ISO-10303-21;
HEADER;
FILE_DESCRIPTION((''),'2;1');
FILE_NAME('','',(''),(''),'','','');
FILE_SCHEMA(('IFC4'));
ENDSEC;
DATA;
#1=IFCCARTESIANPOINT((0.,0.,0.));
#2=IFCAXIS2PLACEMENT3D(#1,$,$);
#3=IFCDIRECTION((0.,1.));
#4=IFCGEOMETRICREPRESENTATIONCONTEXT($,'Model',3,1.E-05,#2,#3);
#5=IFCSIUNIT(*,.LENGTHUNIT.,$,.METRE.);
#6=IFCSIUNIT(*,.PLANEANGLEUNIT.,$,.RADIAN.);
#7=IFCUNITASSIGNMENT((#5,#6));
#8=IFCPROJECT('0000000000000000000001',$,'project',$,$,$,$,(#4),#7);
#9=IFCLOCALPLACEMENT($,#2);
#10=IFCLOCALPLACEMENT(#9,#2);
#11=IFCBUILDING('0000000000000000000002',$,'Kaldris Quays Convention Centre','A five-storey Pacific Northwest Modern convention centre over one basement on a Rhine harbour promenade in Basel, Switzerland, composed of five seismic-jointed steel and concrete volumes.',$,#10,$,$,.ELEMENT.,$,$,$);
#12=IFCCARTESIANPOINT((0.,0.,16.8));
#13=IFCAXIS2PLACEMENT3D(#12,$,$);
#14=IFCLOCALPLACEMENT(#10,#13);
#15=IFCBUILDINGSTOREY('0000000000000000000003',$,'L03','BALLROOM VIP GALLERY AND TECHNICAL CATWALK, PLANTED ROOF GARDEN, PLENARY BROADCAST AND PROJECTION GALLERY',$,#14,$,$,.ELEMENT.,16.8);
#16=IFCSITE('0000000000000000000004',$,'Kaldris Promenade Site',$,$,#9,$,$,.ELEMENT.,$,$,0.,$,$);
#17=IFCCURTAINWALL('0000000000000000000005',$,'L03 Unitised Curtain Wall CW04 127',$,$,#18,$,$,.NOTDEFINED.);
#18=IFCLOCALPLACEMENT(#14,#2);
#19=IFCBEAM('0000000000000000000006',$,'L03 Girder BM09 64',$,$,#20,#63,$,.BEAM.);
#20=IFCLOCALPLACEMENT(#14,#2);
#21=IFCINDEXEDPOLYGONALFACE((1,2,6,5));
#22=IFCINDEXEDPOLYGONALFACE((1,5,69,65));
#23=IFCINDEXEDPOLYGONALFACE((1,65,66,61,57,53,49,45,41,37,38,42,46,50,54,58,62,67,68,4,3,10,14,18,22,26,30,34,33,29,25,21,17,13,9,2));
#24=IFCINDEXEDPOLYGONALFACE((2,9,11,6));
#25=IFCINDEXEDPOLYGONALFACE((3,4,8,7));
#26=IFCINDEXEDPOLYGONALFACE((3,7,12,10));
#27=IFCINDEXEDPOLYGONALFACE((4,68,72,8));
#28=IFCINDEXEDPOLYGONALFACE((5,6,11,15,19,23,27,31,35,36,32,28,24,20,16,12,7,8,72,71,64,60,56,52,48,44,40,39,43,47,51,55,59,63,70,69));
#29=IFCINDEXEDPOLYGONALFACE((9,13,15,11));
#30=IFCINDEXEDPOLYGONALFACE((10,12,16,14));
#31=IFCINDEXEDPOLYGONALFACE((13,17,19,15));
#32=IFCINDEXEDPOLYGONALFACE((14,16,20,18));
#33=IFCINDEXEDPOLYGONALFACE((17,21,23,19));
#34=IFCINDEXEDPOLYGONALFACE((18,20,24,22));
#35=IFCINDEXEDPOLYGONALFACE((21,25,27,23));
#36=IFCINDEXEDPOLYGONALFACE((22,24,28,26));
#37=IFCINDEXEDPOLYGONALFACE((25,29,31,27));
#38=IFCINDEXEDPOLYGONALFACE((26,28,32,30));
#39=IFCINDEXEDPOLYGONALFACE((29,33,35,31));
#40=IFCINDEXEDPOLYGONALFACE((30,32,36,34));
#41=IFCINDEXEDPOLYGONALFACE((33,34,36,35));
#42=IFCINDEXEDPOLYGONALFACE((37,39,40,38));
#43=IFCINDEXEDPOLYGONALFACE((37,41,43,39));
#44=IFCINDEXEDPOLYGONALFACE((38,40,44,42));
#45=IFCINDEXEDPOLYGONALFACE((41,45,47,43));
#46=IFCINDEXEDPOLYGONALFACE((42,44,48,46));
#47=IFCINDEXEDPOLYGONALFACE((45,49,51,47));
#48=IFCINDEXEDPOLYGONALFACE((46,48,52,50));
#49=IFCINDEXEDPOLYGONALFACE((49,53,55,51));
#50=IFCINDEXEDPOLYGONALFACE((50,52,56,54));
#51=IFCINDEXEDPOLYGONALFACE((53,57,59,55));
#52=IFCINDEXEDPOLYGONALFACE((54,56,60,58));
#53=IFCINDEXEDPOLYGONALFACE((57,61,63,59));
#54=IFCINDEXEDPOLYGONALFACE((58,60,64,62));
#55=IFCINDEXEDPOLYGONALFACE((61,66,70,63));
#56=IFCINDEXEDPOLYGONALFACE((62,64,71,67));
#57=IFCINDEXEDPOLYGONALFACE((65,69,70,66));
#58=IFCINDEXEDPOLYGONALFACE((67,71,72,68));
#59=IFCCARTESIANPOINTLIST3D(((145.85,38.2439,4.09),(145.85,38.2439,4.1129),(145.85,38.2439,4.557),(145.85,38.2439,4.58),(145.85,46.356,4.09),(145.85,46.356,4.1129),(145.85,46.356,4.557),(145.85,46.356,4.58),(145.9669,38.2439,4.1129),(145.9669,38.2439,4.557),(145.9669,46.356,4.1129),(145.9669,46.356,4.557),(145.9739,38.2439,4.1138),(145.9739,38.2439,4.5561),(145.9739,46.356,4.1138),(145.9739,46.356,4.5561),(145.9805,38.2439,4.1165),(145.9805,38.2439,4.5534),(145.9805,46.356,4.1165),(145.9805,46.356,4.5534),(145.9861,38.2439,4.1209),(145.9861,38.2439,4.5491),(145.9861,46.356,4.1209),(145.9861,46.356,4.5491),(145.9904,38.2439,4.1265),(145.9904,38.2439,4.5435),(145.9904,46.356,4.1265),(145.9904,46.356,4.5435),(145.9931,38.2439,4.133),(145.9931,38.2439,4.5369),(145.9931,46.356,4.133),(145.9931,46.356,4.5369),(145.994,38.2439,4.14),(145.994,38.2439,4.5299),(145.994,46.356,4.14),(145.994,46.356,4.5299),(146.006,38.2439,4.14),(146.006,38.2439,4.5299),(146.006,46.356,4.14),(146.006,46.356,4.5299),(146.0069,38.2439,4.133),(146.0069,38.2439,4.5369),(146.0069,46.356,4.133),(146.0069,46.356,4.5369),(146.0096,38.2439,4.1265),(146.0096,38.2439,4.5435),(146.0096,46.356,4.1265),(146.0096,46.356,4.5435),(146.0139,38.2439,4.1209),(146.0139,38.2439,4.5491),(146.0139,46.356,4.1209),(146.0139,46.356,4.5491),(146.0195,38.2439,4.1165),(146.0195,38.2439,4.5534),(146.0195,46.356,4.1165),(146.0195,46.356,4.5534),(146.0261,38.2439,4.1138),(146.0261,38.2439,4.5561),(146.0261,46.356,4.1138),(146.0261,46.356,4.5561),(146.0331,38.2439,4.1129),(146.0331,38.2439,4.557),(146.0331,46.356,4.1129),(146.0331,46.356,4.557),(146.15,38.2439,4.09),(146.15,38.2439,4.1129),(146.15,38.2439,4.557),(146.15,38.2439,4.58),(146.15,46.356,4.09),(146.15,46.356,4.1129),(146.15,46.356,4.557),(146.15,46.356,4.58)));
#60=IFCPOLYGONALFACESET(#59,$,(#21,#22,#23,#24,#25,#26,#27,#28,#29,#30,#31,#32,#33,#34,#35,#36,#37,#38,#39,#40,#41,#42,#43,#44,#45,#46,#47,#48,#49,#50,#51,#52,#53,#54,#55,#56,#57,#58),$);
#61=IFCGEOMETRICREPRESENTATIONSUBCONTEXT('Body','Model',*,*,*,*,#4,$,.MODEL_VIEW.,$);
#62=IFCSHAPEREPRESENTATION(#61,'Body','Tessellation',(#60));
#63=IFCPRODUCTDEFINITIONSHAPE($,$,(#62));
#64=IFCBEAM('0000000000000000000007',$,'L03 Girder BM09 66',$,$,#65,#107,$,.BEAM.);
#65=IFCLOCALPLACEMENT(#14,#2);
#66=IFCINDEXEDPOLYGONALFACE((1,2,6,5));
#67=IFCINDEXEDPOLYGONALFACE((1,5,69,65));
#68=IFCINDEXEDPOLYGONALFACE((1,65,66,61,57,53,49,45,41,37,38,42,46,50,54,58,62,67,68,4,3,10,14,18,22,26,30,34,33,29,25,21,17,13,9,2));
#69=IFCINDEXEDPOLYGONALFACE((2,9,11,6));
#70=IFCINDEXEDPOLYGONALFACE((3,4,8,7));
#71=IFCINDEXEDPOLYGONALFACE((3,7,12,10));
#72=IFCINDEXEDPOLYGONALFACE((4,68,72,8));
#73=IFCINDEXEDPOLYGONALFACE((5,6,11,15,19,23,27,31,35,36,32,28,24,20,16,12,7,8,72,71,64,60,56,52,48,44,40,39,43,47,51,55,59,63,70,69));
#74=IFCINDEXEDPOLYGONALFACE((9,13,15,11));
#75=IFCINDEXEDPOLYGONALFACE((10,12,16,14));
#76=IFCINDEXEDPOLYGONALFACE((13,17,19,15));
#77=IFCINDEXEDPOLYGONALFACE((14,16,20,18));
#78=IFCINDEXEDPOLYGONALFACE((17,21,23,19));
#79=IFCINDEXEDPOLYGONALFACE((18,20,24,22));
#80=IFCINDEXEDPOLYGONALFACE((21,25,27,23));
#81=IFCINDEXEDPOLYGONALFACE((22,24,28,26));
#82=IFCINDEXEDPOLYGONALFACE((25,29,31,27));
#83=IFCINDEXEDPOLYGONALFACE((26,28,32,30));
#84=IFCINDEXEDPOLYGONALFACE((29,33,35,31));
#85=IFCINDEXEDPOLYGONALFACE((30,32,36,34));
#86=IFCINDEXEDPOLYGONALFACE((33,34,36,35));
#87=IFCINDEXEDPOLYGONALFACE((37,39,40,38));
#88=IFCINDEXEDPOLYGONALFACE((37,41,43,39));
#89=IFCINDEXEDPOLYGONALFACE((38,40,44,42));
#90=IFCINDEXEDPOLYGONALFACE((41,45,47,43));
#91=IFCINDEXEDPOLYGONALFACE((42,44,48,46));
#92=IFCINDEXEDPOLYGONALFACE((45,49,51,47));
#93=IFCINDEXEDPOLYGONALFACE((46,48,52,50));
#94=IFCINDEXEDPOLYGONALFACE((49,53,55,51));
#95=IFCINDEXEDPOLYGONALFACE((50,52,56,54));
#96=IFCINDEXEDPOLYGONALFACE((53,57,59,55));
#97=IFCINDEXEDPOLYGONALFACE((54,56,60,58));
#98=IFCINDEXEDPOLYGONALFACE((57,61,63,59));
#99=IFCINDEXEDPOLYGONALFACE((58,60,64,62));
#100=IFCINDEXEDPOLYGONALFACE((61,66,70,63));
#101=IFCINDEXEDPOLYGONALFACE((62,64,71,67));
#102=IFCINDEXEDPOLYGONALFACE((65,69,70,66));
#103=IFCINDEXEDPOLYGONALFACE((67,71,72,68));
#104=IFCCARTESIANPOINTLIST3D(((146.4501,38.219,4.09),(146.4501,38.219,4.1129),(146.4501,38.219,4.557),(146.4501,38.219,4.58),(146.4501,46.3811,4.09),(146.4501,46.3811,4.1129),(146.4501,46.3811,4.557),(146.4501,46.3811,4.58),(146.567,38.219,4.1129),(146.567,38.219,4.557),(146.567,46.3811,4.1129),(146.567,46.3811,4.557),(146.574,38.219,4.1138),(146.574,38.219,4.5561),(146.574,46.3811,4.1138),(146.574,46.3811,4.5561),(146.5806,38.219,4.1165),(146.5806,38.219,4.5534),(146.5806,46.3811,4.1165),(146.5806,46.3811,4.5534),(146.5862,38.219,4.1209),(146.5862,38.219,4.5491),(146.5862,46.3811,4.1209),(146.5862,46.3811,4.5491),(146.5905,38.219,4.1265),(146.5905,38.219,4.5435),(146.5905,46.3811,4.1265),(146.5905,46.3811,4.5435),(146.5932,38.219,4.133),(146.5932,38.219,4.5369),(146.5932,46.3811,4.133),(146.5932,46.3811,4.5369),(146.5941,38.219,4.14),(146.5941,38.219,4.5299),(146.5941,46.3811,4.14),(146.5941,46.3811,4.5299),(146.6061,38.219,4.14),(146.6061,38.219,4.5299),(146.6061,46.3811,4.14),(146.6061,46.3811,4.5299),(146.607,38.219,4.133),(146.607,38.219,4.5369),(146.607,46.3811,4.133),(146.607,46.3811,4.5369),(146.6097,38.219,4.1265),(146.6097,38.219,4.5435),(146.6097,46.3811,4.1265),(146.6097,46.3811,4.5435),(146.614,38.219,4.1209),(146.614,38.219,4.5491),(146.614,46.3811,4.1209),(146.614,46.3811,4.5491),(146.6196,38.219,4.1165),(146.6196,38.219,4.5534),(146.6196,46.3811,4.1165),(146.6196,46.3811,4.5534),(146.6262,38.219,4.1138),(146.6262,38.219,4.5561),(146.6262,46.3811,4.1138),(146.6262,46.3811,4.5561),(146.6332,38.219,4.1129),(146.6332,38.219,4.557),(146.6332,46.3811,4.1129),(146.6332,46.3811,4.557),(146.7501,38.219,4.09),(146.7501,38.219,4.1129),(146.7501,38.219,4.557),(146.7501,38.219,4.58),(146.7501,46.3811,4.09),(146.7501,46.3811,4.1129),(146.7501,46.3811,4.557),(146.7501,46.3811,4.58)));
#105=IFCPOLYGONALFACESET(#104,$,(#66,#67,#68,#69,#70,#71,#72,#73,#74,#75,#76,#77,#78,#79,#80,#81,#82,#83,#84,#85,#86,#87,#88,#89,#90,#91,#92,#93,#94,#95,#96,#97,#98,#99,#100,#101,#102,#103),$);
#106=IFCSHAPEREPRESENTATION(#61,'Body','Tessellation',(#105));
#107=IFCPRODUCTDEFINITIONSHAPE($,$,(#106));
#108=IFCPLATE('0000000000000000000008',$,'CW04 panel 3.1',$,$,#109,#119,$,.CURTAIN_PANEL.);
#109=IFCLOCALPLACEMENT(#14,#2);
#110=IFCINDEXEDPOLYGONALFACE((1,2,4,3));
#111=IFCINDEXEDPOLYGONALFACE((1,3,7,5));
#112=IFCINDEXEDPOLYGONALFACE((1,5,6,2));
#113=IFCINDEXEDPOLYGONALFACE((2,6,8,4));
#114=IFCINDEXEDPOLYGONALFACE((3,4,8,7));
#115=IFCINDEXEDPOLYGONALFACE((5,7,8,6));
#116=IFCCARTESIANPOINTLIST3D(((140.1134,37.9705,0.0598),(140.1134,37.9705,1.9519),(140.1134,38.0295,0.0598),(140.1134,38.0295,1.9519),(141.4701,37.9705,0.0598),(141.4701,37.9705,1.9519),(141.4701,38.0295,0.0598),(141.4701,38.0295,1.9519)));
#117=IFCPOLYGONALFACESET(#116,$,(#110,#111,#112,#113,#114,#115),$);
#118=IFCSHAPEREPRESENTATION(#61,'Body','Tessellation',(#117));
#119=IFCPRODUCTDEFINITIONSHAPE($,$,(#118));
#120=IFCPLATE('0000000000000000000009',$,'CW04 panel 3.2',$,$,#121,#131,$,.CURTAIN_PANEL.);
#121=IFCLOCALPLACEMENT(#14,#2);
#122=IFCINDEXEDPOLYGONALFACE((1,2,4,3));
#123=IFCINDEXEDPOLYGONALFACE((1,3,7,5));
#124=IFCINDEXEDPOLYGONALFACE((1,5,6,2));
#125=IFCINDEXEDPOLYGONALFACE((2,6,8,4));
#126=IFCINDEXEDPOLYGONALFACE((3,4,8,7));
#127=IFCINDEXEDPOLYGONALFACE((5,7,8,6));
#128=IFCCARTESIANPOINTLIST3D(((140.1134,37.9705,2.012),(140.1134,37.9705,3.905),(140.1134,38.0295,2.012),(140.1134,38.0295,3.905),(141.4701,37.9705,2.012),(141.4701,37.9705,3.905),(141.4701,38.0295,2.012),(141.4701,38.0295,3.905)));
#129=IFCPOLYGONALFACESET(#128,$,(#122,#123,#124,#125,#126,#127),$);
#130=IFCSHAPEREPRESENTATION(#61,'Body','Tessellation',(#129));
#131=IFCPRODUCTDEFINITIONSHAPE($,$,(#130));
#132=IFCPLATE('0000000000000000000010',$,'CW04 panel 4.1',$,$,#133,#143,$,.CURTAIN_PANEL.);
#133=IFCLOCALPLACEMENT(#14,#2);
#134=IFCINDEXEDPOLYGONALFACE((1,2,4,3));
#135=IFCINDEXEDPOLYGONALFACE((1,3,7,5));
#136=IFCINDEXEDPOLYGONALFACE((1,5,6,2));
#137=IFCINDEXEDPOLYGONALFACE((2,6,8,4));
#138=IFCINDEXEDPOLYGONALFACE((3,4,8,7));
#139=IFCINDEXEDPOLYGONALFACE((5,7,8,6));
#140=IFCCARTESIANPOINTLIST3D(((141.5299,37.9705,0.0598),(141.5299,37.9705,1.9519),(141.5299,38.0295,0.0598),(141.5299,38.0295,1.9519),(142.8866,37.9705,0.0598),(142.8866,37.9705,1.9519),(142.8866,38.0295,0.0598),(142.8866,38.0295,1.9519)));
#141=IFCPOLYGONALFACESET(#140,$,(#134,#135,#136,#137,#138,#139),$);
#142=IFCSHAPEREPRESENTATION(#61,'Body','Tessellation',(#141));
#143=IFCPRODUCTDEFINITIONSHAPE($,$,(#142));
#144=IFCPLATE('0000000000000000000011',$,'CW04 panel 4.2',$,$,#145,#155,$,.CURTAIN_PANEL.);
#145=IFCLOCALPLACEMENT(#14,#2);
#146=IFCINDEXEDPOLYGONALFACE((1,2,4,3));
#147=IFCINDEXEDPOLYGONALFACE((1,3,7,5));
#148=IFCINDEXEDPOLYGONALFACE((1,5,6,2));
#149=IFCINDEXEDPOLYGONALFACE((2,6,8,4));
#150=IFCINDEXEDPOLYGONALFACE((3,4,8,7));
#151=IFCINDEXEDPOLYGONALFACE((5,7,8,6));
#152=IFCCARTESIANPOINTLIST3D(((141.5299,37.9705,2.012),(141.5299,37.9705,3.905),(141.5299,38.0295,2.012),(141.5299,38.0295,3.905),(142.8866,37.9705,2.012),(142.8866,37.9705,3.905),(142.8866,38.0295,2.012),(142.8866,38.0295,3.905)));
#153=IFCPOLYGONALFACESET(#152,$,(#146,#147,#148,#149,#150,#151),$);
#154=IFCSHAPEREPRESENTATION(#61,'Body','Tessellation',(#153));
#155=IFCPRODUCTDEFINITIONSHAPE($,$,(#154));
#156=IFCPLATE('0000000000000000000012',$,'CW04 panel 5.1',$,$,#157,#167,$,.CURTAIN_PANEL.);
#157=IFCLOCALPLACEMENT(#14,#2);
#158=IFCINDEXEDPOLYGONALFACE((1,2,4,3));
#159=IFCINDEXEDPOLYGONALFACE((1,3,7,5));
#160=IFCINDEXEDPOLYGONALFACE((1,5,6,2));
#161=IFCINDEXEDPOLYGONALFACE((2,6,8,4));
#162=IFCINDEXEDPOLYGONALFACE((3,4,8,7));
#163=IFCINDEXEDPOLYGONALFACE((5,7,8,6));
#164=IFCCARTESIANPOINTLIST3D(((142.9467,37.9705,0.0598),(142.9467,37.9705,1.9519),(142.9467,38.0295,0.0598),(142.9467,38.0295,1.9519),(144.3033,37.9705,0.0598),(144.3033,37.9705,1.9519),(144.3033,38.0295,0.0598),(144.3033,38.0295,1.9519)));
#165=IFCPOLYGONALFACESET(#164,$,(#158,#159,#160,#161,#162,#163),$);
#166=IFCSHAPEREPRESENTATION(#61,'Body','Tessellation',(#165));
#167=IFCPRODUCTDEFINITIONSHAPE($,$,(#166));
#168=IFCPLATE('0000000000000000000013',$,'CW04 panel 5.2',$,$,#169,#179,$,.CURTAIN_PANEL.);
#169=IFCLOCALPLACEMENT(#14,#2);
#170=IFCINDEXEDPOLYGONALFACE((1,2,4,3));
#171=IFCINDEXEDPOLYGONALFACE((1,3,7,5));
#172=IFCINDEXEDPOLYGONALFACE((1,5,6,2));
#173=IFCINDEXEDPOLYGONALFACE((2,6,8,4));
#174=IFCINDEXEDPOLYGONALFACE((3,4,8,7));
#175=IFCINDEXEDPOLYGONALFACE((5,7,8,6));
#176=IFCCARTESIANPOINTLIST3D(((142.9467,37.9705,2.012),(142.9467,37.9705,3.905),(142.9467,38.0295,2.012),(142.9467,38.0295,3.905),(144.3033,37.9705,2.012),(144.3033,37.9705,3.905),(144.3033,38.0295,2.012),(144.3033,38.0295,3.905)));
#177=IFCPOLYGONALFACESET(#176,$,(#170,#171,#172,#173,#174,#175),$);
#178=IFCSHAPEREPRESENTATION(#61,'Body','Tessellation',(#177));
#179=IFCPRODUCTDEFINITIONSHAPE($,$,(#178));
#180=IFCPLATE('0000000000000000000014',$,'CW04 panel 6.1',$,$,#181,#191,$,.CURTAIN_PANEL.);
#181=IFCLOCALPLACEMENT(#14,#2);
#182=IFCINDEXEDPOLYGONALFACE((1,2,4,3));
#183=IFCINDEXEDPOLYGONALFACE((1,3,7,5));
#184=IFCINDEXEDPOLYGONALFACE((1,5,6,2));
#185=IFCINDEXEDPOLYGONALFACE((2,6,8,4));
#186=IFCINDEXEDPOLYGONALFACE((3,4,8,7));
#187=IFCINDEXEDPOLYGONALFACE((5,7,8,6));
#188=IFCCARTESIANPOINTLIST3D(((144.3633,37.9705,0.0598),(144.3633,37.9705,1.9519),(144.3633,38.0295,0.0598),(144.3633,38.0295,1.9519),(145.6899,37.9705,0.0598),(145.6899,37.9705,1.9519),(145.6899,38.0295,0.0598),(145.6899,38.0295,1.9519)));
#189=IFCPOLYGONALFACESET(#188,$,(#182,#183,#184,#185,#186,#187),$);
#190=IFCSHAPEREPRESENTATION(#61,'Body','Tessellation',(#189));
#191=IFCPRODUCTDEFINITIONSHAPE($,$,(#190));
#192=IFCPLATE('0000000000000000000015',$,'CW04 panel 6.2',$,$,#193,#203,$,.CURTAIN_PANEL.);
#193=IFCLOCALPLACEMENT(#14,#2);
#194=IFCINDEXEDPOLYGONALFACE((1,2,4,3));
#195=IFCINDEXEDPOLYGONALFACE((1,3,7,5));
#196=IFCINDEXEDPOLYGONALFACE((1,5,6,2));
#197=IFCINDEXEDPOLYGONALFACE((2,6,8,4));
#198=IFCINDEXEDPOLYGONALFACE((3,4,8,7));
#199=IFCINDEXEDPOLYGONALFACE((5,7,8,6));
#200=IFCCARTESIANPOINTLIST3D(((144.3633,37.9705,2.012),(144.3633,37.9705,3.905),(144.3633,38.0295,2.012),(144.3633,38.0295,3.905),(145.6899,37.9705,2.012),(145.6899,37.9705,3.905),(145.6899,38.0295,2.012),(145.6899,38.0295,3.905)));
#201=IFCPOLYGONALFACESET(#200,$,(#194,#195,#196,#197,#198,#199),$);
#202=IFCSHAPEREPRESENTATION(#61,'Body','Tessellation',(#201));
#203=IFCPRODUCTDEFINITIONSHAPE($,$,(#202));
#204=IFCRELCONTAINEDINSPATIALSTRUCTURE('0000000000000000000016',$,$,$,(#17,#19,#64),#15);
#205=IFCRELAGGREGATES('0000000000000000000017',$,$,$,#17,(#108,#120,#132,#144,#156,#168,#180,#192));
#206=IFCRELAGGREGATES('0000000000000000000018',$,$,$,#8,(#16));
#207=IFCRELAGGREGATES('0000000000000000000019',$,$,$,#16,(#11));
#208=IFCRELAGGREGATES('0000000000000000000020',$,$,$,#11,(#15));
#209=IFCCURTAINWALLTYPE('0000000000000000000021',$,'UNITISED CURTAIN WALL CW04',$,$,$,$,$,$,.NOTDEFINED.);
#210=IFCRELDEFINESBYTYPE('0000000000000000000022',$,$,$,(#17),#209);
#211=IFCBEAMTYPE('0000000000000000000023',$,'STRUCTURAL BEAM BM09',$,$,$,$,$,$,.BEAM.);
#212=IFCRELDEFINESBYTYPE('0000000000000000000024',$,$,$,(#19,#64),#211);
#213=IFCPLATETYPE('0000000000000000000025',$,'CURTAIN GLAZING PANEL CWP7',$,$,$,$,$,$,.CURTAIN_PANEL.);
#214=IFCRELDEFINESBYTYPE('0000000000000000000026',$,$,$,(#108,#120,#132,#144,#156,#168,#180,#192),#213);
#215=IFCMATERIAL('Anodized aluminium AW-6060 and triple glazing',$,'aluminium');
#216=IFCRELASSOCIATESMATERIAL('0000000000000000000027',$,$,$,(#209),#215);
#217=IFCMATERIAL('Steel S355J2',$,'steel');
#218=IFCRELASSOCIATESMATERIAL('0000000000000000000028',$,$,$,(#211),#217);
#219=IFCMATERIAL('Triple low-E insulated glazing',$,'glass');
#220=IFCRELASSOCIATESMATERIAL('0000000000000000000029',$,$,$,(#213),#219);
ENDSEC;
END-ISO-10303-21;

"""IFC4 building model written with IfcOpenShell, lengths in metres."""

from ifc_helpers import new_model, si_unit, direction, frame, origin, origin_2d, place, context, subcontext, project, spatial, rectangle, i_section, extrude, material, material_profile, profile_set, type_object, element, aggregate, save


model = new_model("IFC4")

# Units and contexts
model_context = context("Model", 3, precision=1e-05, world=origin(), true_north=direction((0.0, 1.0)))
body_context = subcontext(model_context, "Body", "Model", "MODEL_VIEW")
ifc_project = project(units=[si_unit("LENGTHUNIT", "METRE"), si_unit("PLANEANGLEUNIT", "RADIAN")], contexts=[model_context])

# Site, building, storey
site_placement = place(None, origin())
site = spatial("IfcSite", under=ifc_project, at=site_placement, Name="Kaldris Promenade Site", CompositionType="ELEMENT", RefElevation=0.0)
building_placement = place(site_placement, origin())
building = spatial("IfcBuilding", under=site, at=building_placement, Name="Kaldris Quays Convention Centre", Description="A five-storey Pacific Northwest Modern convention centre over one basement on a Rhine harbour promenade in Basel, Switzerland, composed of five seismic-jointed steel and concrete volumes.", CompositionType="ELEMENT")
storey_placement = place(building_placement, frame((0.0, 0.0, 16.8)))
storey = spatial("IfcBuildingStorey", under=building, at=storey_placement, Name="L03", Description="BALLROOM VIP GALLERY AND TECHNICAL CATWALK, PLANTED ROOF GARDEN, PLENARY BROADCAST AND PROJECTION GALLERY", CompositionType="ELEMENT", Elevation=16.8)

# Shared definitions
ifc_material_1 = material(Name="Steel S355J2", Category="steel")

# Curtain wall
ifc_material_2 = material(Name="Anodized aluminium AW-6060 and triple glazing", Category="aluminium")
curtain_wall_type = type_object("IfcCurtainWallType", Name="UNITISED CURTAIN WALL CW04", PredefinedType="NOTDEFINED", material=ifc_material_2)
curtain_wall_placement = place(storey_placement, origin())
curtain_wall = element("IfcCurtainWall", 1, at=curtain_wall_placement, inside=storey, type_object=curtain_wall_type, Name="L03 Unitised Curtain Wall CW04 127", PredefinedType="NOTDEFINED")

# Beams
ifc_material_profile_1 = material_profile(ifc_material_1, i_section(OverallWidth=0.3, OverallDepth=0.49, WebThickness=0.012, FlangeThickness=0.0229, FilletRadius=0.0271, at=origin_2d()), Name="HEA 500")
ifc_profile_set_1 = profile_set([ifc_material_profile_1], Name="Steel S355J2")
beam_type = type_object("IfcBeamType", Name="STRUCTURAL BEAM BM09", PredefinedType="BEAM", material=ifc_profile_set_1)
beam_1_placement = place(storey_placement, frame((146.0, 38.2439, 4.335), z_axis=(0.0, 1.0, 0.0), x_axis=(-1.0, 0.0, 0.0)))
element("IfcBeam", 2, at=beam_1_placement, inside=storey, type_object=beam_type, Name="L03 Girder BM09 64", PredefinedType="BEAM", context=body_context, shape_type="SweptSolid", body=[
    extrude(i_section(OverallWidth=0.3, OverallDepth=0.49, WebThickness=0.012, FlangeThickness=0.0229, FilletRadius=0.0271, at=origin_2d()), origin(), (0.0, 0.0, 1.0), 8.1121),
])
beam_2_placement = place(storey_placement, frame((146.6001, 38.219, 4.335), z_axis=(0.0, 1.0, 0.0), x_axis=(-1.0, 0.0, 0.0)))
element("IfcBeam", 3, at=beam_2_placement, inside=storey, type_object=beam_type, Name="L03 Girder BM09 66", PredefinedType="BEAM", context=body_context, shape_type="SweptSolid", body=[
    extrude(i_section(OverallWidth=0.3, OverallDepth=0.49, WebThickness=0.012, FlangeThickness=0.0229, FilletRadius=0.0271, at=origin_2d()), origin(), (0.0, 0.0, 1.0), 8.1621),
])

# Plates
ifc_material_3 = material(Name="Triple low-E insulated glazing", Category="glass")
plate_type = type_object("IfcPlateType", Name="CURTAIN GLAZING PANEL CWP7", PredefinedType="CURTAIN_PANEL", material=ifc_material_3)
plate_1_placement = place(storey_placement, frame((140.7917, 38.0, 0.0598), z_axis=(0.0, 0.0, 1.0), x_axis=(1.0, 0.0, 0.0)))
plate_1 = element("IfcPlate", 4, at=plate_1_placement, type_object=plate_type, Name="CW04 panel 3.1", PredefinedType="CURTAIN_PANEL", context=body_context, shape_type="SweptSolid", body=[
    extrude(rectangle(XDim=1.3567, YDim=0.0591, at=origin_2d()), origin(), (0.0, 0.0, 1.0), 1.8921),
])
plate_2_placement = place(storey_placement, frame((140.7917, 38.0, 2.012), z_axis=(0.0, 0.0, 1.0), x_axis=(1.0, 0.0, 0.0)))
plate_2 = element("IfcPlate", 5, at=plate_2_placement, type_object=plate_type, Name="CW04 panel 3.2", PredefinedType="CURTAIN_PANEL", context=body_context, shape_type="SweptSolid", body=[
    extrude(rectangle(XDim=1.3567, YDim=0.0591, at=origin_2d()), origin(), (0.0, 0.0, 1.0), 1.8931),
])
plate_3_placement = place(storey_placement, frame((142.2083, 38.0, 0.0598), z_axis=(0.0, 0.0, 1.0), x_axis=(1.0, 0.0, 0.0)))
plate_3 = element("IfcPlate", 6, at=plate_3_placement, type_object=plate_type, Name="CW04 panel 4.1", PredefinedType="CURTAIN_PANEL", context=body_context, shape_type="SweptSolid", body=[
    extrude(rectangle(XDim=1.3567, YDim=0.0591, at=origin_2d()), origin(), (0.0, 0.0, 1.0), 1.8921),
])
plate_4_placement = place(storey_placement, frame((142.2083, 38.0, 2.012), z_axis=(0.0, 0.0, 1.0), x_axis=(1.0, 0.0, 0.0)))
plate_4 = element("IfcPlate", 7, at=plate_4_placement, type_object=plate_type, Name="CW04 panel 4.2", PredefinedType="CURTAIN_PANEL", context=body_context, shape_type="SweptSolid", body=[
    extrude(rectangle(XDim=1.3567, YDim=0.0591, at=origin_2d()), origin(), (0.0, 0.0, 1.0), 1.8931),
])
plate_5_placement = place(storey_placement, frame((143.625, 38.0, 0.0598), z_axis=(0.0, 0.0, 1.0), x_axis=(1.0, 0.0, 0.0)))
plate_5 = element("IfcPlate", 8, at=plate_5_placement, type_object=plate_type, Name="CW04 panel 5.1", PredefinedType="CURTAIN_PANEL", context=body_context, shape_type="SweptSolid", body=[
    extrude(rectangle(XDim=1.3567, YDim=0.0591, at=origin_2d()), origin(), (0.0, 0.0, 1.0), 1.8921),
])
plate_6_placement = place(storey_placement, frame((143.625, 38.0, 2.012), z_axis=(0.0, 0.0, 1.0), x_axis=(1.0, 0.0, 0.0)))
plate_6 = element("IfcPlate", 9, at=plate_6_placement, type_object=plate_type, Name="CW04 panel 5.2", PredefinedType="CURTAIN_PANEL", context=body_context, shape_type="SweptSolid", body=[
    extrude(rectangle(XDim=1.3567, YDim=0.0591, at=origin_2d()), origin(), (0.0, 0.0, 1.0), 1.8931),
])
plate_7_placement = place(storey_placement, frame((145.0266, 38.0, 0.0598), z_axis=(0.0, 0.0, 1.0), x_axis=(1.0, 0.0, 0.0)))
plate_7 = element("IfcPlate", 10, at=plate_7_placement, type_object=plate_type, Name="CW04 panel 6.1", PredefinedType="CURTAIN_PANEL", context=body_context, shape_type="SweptSolid", body=[
    extrude(rectangle(XDim=1.3267, YDim=0.0591, at=origin_2d()), origin(), (0.0, 0.0, 1.0), 1.8921),
])
plate_8_placement = place(storey_placement, frame((145.0266, 38.0, 2.012), z_axis=(0.0, 0.0, 1.0), x_axis=(1.0, 0.0, 0.0)))
plate_8 = element("IfcPlate", 11, at=plate_8_placement, type_object=plate_type, Name="CW04 panel 6.2", PredefinedType="CURTAIN_PANEL", context=body_context, shape_type="SweptSolid", body=[
    extrude(rectangle(XDim=1.3267, YDim=0.0591, at=origin_2d()), origin(), (0.0, 0.0, 1.0), 1.8931),
])
aggregate(curtain_wall, [plate_1, plate_2, plate_3, plate_4, plate_5, plate_6, plate_7, plate_8])

save(model, "model.ifc")
